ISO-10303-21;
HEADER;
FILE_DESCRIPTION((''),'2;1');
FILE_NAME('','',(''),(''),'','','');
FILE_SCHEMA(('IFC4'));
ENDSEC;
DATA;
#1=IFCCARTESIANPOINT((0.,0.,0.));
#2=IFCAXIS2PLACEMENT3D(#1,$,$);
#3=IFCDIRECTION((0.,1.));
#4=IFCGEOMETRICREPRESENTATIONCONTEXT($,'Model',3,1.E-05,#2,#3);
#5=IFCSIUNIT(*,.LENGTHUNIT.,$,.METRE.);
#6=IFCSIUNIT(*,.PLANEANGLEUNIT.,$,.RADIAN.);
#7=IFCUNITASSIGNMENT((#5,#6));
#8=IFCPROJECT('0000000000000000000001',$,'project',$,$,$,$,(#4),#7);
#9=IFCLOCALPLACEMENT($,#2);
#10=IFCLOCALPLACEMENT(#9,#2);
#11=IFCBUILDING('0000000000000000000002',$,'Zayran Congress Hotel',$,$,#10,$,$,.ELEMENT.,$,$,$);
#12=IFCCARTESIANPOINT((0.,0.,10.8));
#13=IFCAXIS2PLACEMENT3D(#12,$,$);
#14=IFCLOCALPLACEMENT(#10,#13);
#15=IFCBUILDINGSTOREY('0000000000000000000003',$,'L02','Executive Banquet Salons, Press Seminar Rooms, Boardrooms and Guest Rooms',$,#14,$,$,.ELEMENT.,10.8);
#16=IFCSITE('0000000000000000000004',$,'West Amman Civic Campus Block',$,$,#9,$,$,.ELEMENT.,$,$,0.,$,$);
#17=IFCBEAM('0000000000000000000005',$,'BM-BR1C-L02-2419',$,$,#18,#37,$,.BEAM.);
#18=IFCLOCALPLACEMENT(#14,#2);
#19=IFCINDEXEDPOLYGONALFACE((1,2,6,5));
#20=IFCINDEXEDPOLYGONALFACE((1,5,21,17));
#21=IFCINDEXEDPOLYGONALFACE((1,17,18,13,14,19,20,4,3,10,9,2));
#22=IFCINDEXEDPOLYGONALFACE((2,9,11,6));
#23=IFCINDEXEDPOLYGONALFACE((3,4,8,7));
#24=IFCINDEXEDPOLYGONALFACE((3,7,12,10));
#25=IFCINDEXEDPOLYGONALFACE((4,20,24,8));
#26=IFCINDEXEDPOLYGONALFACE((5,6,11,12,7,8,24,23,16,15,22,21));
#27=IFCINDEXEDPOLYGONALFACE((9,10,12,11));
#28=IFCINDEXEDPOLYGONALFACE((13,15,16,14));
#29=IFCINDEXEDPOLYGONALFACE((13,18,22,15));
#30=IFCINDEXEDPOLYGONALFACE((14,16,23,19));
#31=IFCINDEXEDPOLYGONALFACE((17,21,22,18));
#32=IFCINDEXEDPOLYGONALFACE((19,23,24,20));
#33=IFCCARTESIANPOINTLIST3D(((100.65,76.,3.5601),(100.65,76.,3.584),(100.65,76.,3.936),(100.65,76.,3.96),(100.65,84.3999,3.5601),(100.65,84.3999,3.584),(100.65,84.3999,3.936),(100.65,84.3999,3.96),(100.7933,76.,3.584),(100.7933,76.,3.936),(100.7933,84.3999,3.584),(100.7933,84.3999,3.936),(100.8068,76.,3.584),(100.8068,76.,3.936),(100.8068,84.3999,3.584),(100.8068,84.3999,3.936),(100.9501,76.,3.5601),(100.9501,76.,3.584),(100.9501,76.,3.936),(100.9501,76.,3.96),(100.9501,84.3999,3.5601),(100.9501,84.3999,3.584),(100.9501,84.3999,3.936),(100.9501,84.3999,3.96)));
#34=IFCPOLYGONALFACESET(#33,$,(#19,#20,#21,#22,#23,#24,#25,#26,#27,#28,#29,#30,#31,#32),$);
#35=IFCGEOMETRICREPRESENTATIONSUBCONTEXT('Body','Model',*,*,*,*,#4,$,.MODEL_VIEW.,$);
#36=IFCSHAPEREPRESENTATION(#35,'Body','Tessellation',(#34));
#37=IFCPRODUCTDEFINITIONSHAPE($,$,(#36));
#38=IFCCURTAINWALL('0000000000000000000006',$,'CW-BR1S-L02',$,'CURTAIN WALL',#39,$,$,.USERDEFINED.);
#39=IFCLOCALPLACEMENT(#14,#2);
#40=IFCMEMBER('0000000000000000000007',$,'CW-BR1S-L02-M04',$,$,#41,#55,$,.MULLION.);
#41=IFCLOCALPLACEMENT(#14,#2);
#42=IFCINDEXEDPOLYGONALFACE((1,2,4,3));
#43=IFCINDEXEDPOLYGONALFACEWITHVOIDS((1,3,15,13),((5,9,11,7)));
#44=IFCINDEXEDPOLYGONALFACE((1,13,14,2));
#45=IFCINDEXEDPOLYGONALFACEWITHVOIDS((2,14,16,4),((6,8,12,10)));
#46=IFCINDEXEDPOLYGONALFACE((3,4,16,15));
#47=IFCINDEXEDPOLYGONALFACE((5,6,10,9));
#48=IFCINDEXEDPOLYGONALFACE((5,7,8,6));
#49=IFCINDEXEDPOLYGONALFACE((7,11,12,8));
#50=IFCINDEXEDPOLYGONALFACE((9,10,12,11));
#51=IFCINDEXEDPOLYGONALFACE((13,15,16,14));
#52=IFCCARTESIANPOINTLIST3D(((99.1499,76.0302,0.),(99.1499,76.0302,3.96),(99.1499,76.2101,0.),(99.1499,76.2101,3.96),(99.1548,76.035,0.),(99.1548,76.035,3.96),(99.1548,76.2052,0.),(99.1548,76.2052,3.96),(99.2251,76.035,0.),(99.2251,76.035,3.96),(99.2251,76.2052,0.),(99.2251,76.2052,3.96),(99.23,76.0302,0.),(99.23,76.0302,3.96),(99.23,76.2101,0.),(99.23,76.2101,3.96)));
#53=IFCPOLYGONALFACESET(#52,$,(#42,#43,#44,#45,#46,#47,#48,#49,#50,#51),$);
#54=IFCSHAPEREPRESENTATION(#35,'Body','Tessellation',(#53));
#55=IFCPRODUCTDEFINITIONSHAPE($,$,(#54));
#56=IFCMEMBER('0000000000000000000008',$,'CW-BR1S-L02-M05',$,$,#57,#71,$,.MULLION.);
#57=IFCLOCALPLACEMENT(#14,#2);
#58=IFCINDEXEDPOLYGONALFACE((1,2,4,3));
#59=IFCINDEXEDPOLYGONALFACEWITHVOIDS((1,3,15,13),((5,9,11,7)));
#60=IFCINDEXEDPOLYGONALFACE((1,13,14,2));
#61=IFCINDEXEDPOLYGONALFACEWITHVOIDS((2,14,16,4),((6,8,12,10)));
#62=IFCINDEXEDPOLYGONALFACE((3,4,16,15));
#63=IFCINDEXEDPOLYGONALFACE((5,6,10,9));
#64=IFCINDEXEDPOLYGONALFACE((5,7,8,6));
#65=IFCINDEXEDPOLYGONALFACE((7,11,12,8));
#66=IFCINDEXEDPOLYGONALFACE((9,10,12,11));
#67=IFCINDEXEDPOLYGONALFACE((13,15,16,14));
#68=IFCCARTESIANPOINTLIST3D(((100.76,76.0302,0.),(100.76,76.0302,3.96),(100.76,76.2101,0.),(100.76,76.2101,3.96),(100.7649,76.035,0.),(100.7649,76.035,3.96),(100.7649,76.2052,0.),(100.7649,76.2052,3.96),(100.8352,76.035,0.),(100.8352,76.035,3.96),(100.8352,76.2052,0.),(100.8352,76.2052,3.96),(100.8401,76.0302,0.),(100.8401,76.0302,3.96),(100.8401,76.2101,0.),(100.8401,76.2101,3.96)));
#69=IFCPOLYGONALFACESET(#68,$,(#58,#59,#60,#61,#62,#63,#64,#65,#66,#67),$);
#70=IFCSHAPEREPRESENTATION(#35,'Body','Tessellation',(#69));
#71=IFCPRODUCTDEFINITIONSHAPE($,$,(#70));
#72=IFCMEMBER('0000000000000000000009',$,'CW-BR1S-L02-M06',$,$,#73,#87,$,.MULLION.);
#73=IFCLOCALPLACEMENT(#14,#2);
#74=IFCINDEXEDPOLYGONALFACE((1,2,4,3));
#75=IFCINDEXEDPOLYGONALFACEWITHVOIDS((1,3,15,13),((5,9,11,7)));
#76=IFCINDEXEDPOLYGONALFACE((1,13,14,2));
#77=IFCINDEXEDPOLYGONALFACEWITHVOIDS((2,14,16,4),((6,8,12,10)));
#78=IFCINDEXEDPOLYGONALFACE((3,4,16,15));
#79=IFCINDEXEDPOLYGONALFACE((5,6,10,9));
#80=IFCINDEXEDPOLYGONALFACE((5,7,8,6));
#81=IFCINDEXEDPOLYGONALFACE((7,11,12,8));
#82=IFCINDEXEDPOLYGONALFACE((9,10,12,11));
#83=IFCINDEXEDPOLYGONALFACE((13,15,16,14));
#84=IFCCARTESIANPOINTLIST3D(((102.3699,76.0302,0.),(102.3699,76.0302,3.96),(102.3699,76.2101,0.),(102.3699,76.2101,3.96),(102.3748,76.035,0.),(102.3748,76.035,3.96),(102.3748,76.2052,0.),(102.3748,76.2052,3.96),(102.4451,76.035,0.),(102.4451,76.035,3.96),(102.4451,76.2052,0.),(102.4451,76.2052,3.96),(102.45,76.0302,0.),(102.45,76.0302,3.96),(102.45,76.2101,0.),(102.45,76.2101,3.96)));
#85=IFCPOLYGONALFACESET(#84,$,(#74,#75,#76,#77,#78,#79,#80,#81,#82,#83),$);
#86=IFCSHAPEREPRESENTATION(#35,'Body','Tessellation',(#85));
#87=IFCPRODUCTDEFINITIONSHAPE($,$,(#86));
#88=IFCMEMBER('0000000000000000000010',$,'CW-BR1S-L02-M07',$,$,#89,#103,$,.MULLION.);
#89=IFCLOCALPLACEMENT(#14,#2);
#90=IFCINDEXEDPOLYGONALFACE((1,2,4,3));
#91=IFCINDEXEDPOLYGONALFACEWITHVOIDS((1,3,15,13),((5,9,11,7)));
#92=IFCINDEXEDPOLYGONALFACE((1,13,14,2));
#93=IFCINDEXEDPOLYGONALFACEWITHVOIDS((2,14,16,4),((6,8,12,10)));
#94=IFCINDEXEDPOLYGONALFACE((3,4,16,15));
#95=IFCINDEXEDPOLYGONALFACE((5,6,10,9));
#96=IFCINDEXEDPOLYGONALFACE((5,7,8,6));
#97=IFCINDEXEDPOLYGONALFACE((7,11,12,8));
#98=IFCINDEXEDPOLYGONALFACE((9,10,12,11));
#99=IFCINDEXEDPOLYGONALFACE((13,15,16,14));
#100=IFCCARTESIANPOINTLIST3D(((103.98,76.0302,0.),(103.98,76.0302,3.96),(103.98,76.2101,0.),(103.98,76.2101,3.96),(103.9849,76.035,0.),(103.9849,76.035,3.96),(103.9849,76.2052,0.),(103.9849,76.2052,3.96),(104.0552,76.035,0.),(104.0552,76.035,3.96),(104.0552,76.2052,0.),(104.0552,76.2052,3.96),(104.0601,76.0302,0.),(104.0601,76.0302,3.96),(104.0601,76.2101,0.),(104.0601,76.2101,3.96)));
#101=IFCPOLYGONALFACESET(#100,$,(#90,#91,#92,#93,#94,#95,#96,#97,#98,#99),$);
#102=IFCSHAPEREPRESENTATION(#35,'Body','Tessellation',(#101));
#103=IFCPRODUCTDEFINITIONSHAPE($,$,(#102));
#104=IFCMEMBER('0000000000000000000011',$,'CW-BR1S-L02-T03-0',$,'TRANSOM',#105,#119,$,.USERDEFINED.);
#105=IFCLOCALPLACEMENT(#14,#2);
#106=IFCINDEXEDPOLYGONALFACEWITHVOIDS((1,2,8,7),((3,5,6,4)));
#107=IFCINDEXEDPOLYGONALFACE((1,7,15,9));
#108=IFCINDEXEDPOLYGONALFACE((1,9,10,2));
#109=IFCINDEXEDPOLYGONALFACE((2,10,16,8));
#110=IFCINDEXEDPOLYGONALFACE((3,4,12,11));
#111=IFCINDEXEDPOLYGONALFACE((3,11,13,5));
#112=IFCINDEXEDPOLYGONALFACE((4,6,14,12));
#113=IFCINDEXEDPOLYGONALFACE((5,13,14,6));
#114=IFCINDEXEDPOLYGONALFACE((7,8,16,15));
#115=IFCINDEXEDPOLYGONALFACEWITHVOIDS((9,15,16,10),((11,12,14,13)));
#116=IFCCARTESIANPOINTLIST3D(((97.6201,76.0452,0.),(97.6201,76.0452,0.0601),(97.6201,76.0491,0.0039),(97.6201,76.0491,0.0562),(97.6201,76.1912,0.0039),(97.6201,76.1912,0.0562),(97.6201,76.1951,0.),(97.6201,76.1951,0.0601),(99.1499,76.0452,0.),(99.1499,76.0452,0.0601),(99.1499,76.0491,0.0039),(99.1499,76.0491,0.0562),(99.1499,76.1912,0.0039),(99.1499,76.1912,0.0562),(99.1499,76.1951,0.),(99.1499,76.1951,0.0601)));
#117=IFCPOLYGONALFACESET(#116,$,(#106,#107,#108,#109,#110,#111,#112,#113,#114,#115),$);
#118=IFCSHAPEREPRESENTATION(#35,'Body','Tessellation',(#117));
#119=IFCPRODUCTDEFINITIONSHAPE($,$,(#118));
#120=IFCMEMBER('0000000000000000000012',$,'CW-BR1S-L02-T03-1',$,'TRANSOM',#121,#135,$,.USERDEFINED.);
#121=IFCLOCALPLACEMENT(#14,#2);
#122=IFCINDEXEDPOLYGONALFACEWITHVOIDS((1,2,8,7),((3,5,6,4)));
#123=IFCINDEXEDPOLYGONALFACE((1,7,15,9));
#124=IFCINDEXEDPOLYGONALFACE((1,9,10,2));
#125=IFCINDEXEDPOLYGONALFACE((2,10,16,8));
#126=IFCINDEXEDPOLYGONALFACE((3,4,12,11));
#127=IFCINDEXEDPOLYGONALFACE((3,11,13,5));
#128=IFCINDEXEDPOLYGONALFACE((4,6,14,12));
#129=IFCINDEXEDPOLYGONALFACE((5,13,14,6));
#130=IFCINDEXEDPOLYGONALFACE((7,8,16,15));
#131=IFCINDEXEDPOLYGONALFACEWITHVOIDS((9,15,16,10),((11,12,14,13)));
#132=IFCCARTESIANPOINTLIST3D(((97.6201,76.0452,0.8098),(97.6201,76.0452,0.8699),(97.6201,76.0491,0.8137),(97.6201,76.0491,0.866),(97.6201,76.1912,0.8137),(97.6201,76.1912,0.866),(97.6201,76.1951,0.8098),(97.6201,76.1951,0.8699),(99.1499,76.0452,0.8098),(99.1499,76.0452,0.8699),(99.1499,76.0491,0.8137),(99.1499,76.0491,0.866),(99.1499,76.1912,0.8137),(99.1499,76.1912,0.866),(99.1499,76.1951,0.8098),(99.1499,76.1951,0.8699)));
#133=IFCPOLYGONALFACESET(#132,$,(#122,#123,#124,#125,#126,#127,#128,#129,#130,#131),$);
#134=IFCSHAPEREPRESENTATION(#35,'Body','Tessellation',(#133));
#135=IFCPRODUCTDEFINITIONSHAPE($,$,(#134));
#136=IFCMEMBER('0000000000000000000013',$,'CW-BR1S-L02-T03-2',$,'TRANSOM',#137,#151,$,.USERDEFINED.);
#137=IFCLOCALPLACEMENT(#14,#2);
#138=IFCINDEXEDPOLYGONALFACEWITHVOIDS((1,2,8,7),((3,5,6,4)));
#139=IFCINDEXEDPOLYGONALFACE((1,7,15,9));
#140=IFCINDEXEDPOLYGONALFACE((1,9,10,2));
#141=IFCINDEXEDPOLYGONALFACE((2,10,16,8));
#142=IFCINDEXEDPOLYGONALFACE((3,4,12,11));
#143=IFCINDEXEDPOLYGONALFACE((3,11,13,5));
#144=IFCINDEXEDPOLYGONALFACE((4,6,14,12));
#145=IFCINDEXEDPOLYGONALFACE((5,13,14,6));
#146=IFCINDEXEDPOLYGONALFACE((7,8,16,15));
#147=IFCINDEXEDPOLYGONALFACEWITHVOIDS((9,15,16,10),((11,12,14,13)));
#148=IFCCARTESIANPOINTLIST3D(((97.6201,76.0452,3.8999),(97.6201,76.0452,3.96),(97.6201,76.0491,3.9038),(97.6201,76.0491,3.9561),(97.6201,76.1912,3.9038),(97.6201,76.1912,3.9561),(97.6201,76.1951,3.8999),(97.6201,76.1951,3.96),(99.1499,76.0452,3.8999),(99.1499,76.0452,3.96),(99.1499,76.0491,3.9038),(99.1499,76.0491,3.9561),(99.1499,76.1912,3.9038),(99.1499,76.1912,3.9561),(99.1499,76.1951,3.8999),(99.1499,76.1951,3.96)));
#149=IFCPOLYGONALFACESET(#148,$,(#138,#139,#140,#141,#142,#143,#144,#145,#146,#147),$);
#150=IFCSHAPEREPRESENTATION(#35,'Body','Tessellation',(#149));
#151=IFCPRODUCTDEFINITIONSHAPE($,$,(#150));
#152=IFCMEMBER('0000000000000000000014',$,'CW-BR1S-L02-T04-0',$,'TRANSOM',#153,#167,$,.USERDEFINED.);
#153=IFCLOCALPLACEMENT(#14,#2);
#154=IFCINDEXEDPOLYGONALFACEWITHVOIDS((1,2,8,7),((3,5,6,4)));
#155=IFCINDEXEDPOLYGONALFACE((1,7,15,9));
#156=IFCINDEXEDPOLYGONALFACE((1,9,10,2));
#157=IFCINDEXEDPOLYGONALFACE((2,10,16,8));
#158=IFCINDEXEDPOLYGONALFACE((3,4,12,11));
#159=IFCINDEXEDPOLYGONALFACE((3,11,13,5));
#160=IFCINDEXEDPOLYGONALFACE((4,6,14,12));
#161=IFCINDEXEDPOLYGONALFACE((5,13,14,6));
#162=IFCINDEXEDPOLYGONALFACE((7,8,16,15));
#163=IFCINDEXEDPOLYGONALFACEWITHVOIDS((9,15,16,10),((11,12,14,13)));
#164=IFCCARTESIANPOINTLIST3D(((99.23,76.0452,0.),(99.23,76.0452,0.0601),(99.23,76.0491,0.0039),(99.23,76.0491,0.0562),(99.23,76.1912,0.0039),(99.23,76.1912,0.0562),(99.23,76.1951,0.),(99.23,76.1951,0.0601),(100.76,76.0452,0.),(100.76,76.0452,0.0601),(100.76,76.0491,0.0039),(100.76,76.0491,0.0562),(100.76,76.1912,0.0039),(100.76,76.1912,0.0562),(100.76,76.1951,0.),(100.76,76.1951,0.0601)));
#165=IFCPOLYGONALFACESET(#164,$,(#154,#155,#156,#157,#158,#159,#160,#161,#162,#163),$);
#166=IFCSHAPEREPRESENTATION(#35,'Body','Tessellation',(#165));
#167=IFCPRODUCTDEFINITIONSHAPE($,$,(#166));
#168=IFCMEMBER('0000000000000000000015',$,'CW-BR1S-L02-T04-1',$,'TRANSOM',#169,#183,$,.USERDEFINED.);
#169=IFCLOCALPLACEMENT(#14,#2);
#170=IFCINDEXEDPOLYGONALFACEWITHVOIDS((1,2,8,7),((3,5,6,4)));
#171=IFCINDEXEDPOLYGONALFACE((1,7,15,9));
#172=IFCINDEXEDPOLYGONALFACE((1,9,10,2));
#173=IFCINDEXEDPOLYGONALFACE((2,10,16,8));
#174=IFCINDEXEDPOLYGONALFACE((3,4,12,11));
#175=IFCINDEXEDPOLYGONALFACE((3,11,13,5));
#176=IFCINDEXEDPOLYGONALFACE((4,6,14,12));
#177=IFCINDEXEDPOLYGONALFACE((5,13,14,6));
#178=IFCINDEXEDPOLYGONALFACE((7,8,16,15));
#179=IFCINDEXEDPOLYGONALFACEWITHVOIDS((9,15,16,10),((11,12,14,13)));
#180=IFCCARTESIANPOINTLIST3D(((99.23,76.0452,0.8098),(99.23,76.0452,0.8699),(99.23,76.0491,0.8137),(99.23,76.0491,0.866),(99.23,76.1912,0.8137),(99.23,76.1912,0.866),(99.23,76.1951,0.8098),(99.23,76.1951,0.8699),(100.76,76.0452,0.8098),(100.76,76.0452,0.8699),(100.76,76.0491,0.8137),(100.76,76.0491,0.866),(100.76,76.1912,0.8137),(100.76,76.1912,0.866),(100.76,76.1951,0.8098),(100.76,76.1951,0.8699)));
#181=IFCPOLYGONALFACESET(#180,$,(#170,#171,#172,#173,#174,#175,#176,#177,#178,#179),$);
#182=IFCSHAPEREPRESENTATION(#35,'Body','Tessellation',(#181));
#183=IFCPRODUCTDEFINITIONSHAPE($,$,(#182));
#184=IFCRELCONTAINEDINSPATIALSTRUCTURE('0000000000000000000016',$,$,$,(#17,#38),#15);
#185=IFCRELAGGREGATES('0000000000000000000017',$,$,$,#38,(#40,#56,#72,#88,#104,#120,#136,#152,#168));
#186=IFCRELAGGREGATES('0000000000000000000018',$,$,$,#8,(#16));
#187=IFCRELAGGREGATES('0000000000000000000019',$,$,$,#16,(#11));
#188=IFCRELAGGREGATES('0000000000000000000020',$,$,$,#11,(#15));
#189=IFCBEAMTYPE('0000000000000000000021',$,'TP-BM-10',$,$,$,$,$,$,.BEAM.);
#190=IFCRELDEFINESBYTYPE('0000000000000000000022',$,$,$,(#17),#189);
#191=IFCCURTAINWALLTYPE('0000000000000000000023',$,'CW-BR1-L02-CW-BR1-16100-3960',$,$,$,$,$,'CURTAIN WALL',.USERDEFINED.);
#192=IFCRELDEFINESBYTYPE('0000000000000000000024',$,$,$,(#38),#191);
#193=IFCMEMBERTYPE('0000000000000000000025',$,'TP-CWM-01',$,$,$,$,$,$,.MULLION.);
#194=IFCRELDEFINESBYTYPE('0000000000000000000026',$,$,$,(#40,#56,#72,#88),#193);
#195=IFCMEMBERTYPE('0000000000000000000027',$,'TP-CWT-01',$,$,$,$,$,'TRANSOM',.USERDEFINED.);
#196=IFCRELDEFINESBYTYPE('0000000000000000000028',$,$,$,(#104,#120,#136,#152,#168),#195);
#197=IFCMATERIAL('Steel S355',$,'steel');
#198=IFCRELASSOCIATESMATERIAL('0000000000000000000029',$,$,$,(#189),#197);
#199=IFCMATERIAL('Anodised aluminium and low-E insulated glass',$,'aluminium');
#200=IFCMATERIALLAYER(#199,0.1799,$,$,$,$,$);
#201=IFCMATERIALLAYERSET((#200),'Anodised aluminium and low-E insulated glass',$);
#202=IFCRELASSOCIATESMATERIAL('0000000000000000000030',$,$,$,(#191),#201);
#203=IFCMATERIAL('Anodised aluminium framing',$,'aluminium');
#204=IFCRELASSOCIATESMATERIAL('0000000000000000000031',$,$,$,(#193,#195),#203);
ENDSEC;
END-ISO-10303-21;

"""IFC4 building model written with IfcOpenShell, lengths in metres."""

from ifc_helpers import new_model, si_unit, direction, frame, origin, origin_2d, place, context, subcontext, project, spatial, hollow_rectangle, i_section, extrude, material, layer, layer_set, material_profile, profile_set, type_object, element, aggregate, save


model = new_model("IFC4")

# Units and contexts
model_context = context("Model", 3, precision=1e-05, world=origin(), true_north=direction((0.0, 1.0)))
body_context = subcontext(model_context, "Body", "Model", "MODEL_VIEW")
ifc_project = project(units=[si_unit("LENGTHUNIT", "METRE"), si_unit("PLANEANGLEUNIT", "RADIAN")], contexts=[model_context])

# Site, building, storey
site_placement = place(None, origin())
site = spatial("IfcSite", under=ifc_project, at=site_placement, Name="West Amman Civic Campus Block", CompositionType="ELEMENT", RefElevation=0.0)
building_placement = place(site_placement, origin())
building = spatial("IfcBuilding", under=site, at=building_placement, Name="Zayran Congress Hotel", CompositionType="ELEMENT")
storey_placement = place(building_placement, frame((0.0, 0.0, 10.8)))
storey = spatial("IfcBuildingStorey", under=building, at=storey_placement, Name="L02", Description="Executive Banquet Salons, Press Seminar Rooms, Boardrooms and Guest Rooms", CompositionType="ELEMENT", Elevation=10.8)

# Beam
ifc_material_1 = material(Name="Steel S355", Category="steel")
ifc_material_profile_1 = material_profile(ifc_material_1, i_section(OverallWidth=0.3, OverallDepth=0.3999, WebThickness=0.0134, FlangeThickness=0.0239, at=origin_2d()), Name="HEB 400")
ifc_profile_set_1 = profile_set([ifc_material_profile_1], Name="Steel S355")
beam_type = type_object("IfcBeamType", Name="TP-BM-10", PredefinedType="BEAM", material=ifc_profile_set_1)
beam_placement = place(storey_placement, frame((100.8, 76.0, 3.76), z_axis=(0.0, 1.0, 0.0), x_axis=(-1.0, 0.0, 0.0)))
element("IfcBeam", 1, at=beam_placement, inside=storey, type_object=beam_type, Name="BM-BR1C-L02-2419", PredefinedType="BEAM", context=body_context, shape_type="SweptSolid", body=[
    extrude(i_section(OverallWidth=0.3, OverallDepth=0.3999, WebThickness=0.0134, FlangeThickness=0.0239, at=origin_2d()), origin(), (0.0, 0.0, 1.0), 8.3999),
])

# Curtain wall, members
ifc_material_2 = material(Name="Anodised aluminium and low-E insulated glass", Category="aluminium")
ifc_layer_1 = layer(ifc_material_2, 0.1799)
ifc_layer_set_1 = layer_set([ifc_layer_1], Name="Anodised aluminium and low-E insulated glass")
curtain_wall_type = type_object("IfcCurtainWallType", Name="CW-BR1-L02-CW-BR1-16100-3960", ElementType="CURTAIN WALL", PredefinedType="USERDEFINED", material=ifc_layer_set_1)
curtain_wall_placement = place(storey_placement, origin())
curtain_wall = element("IfcCurtainWall", 2, at=curtain_wall_placement, inside=storey, type_object=curtain_wall_type, Name="CW-BR1S-L02", ObjectType="CURTAIN WALL", PredefinedType="USERDEFINED")
ifc_material_3 = material(Name="Anodised aluminium framing", Category="aluminium")
ifc_material_profile_2 = material_profile(ifc_material_3, hollow_rectangle(XDim=0.0801, YDim=0.1799, WallThickness=0.0049, at=origin_2d()), Name="RHS 180x80x5")
ifc_profile_set_2 = profile_set([ifc_material_profile_2], Name="Anodised aluminium framing")
member_type_1 = type_object("IfcMemberType", Name="TP-CWM-01", PredefinedType="MULLION", material=ifc_profile_set_2)
member_1_placement = place(storey_placement, frame((99.1899, 76.1201, 0.0), z_axis=(0.0, 0.0, 1.0), x_axis=(1.0, 0.0, 0.0)))
member_1 = element("IfcMember", 3, at=member_1_placement, type_object=member_type_1, Name="CW-BR1S-L02-M04", PredefinedType="MULLION", context=body_context, shape_type="SweptSolid", body=[
    extrude(hollow_rectangle(XDim=0.0801, YDim=0.1799, WallThickness=0.0049, at=origin_2d()), origin(), (0.0, 0.0, 1.0), 3.96),
])
member_2_placement = place(storey_placement, frame((100.8, 76.1201, 0.0), z_axis=(0.0, 0.0, 1.0), x_axis=(1.0, 0.0, 0.0)))
member_2 = element("IfcMember", 4, at=member_2_placement, type_object=member_type_1, Name="CW-BR1S-L02-M05", PredefinedType="MULLION", context=body_context, shape_type="SweptSolid", body=[
    extrude(hollow_rectangle(XDim=0.0801, YDim=0.1799, WallThickness=0.0049, at=origin_2d()), origin(), (0.0, 0.0, 1.0), 3.96),
])
member_3_placement = place(storey_placement, frame((102.4099, 76.1201, 0.0), z_axis=(0.0, 0.0, 1.0), x_axis=(1.0, 0.0, 0.0)))
member_3 = element("IfcMember", 5, at=member_3_placement, type_object=member_type_1, Name="CW-BR1S-L02-M06", PredefinedType="MULLION", context=body_context, shape_type="SweptSolid", body=[
    extrude(hollow_rectangle(XDim=0.0801, YDim=0.1799, WallThickness=0.0049, at=origin_2d()), origin(), (0.0, 0.0, 1.0), 3.96),
])
member_4_placement = place(storey_placement, frame((104.02, 76.1201, 0.0), z_axis=(0.0, 0.0, 1.0), x_axis=(1.0, 0.0, 0.0)))
member_4 = element("IfcMember", 6, at=member_4_placement, type_object=member_type_1, Name="CW-BR1S-L02-M07", PredefinedType="MULLION", context=body_context, shape_type="SweptSolid", body=[
    extrude(hollow_rectangle(XDim=0.0801, YDim=0.1799, WallThickness=0.0049, at=origin_2d()), origin(), (0.0, 0.0, 1.0), 3.96),
])
ifc_material_profile_3 = material_profile(ifc_material_3, hollow_rectangle(XDim=0.0601, YDim=0.1499, WallThickness=0.0039, at=origin_2d()), Name="RHS 150x60x4")
ifc_profile_set_3 = profile_set([ifc_material_profile_3], Name="Anodised aluminium framing")
member_type_2 = type_object("IfcMemberType", Name="TP-CWT-01", ElementType="TRANSOM", PredefinedType="USERDEFINED", material=ifc_profile_set_3)
member_5_placement = place(storey_placement, frame((97.6201, 76.1201, 0.03), z_axis=(1.0, 0.0, 0.0), x_axis=(0.0, 0.0, 1.0)))
member_5 = element("IfcMember", 7, at=member_5_placement, type_object=member_type_2, Name="CW-BR1S-L02-T03-0", ObjectType="TRANSOM", PredefinedType="USERDEFINED", context=body_context, shape_type="SweptSolid", body=[
    extrude(hollow_rectangle(XDim=0.0601, YDim=0.1499, WallThickness=0.0039, at=origin_2d()), origin(), (0.0, 0.0, 1.0), 1.5298),
])
member_6_placement = place(storey_placement, frame((97.6201, 76.1201, 0.8398), z_axis=(1.0, 0.0, 0.0), x_axis=(0.0, 0.0, 1.0)))
member_6 = element("IfcMember", 8, at=member_6_placement, type_object=member_type_2, Name="CW-BR1S-L02-T03-1", ObjectType="TRANSOM", PredefinedType="USERDEFINED", context=body_context, shape_type="SweptSolid", body=[
    extrude(hollow_rectangle(XDim=0.0601, YDim=0.1499, WallThickness=0.0039, at=origin_2d()), origin(), (0.0, 0.0, 1.0), 1.5298),
])
member_7_placement = place(storey_placement, frame((97.6201, 76.1201, 3.9299), z_axis=(1.0, 0.0, 0.0), x_axis=(0.0, 0.0, 1.0)))
member_7 = element("IfcMember", 9, at=member_7_placement, type_object=member_type_2, Name="CW-BR1S-L02-T03-2", ObjectType="TRANSOM", PredefinedType="USERDEFINED", context=body_context, shape_type="SweptSolid", body=[
    extrude(hollow_rectangle(XDim=0.0601, YDim=0.1499, WallThickness=0.0039, at=origin_2d()), origin(), (0.0, 0.0, 1.0), 1.5298),
])
member_8_placement = place(storey_placement, frame((99.23, 76.1201, 0.03), z_axis=(1.0, 0.0, 0.0), x_axis=(0.0, 0.0, 1.0)))
member_8 = element("IfcMember", 10, at=member_8_placement, type_object=member_type_2, Name="CW-BR1S-L02-T04-0", ObjectType="TRANSOM", PredefinedType="USERDEFINED", context=body_context, shape_type="SweptSolid", body=[
    extrude(hollow_rectangle(XDim=0.0601, YDim=0.1499, WallThickness=0.0039, at=origin_2d()), origin(), (0.0, 0.0, 1.0), 1.53),
])
member_9_placement = place(storey_placement, frame((99.23, 76.1201, 0.8398), z_axis=(1.0, 0.0, 0.0), x_axis=(0.0, 0.0, 1.0)))
member_9 = element("IfcMember", 11, at=member_9_placement, type_object=member_type_2, Name="CW-BR1S-L02-T04-1", ObjectType="TRANSOM", PredefinedType="USERDEFINED", context=body_context, shape_type="SweptSolid", body=[
    extrude(hollow_rectangle(XDim=0.0601, YDim=0.1499, WallThickness=0.0039, at=origin_2d()), origin(), (0.0, 0.0, 1.0), 1.53),
])
aggregate(curtain_wall, [member_1, member_2, member_3, member_4, member_5, member_6, member_7, member_8, member_9])

save(model, "model.ifc")
